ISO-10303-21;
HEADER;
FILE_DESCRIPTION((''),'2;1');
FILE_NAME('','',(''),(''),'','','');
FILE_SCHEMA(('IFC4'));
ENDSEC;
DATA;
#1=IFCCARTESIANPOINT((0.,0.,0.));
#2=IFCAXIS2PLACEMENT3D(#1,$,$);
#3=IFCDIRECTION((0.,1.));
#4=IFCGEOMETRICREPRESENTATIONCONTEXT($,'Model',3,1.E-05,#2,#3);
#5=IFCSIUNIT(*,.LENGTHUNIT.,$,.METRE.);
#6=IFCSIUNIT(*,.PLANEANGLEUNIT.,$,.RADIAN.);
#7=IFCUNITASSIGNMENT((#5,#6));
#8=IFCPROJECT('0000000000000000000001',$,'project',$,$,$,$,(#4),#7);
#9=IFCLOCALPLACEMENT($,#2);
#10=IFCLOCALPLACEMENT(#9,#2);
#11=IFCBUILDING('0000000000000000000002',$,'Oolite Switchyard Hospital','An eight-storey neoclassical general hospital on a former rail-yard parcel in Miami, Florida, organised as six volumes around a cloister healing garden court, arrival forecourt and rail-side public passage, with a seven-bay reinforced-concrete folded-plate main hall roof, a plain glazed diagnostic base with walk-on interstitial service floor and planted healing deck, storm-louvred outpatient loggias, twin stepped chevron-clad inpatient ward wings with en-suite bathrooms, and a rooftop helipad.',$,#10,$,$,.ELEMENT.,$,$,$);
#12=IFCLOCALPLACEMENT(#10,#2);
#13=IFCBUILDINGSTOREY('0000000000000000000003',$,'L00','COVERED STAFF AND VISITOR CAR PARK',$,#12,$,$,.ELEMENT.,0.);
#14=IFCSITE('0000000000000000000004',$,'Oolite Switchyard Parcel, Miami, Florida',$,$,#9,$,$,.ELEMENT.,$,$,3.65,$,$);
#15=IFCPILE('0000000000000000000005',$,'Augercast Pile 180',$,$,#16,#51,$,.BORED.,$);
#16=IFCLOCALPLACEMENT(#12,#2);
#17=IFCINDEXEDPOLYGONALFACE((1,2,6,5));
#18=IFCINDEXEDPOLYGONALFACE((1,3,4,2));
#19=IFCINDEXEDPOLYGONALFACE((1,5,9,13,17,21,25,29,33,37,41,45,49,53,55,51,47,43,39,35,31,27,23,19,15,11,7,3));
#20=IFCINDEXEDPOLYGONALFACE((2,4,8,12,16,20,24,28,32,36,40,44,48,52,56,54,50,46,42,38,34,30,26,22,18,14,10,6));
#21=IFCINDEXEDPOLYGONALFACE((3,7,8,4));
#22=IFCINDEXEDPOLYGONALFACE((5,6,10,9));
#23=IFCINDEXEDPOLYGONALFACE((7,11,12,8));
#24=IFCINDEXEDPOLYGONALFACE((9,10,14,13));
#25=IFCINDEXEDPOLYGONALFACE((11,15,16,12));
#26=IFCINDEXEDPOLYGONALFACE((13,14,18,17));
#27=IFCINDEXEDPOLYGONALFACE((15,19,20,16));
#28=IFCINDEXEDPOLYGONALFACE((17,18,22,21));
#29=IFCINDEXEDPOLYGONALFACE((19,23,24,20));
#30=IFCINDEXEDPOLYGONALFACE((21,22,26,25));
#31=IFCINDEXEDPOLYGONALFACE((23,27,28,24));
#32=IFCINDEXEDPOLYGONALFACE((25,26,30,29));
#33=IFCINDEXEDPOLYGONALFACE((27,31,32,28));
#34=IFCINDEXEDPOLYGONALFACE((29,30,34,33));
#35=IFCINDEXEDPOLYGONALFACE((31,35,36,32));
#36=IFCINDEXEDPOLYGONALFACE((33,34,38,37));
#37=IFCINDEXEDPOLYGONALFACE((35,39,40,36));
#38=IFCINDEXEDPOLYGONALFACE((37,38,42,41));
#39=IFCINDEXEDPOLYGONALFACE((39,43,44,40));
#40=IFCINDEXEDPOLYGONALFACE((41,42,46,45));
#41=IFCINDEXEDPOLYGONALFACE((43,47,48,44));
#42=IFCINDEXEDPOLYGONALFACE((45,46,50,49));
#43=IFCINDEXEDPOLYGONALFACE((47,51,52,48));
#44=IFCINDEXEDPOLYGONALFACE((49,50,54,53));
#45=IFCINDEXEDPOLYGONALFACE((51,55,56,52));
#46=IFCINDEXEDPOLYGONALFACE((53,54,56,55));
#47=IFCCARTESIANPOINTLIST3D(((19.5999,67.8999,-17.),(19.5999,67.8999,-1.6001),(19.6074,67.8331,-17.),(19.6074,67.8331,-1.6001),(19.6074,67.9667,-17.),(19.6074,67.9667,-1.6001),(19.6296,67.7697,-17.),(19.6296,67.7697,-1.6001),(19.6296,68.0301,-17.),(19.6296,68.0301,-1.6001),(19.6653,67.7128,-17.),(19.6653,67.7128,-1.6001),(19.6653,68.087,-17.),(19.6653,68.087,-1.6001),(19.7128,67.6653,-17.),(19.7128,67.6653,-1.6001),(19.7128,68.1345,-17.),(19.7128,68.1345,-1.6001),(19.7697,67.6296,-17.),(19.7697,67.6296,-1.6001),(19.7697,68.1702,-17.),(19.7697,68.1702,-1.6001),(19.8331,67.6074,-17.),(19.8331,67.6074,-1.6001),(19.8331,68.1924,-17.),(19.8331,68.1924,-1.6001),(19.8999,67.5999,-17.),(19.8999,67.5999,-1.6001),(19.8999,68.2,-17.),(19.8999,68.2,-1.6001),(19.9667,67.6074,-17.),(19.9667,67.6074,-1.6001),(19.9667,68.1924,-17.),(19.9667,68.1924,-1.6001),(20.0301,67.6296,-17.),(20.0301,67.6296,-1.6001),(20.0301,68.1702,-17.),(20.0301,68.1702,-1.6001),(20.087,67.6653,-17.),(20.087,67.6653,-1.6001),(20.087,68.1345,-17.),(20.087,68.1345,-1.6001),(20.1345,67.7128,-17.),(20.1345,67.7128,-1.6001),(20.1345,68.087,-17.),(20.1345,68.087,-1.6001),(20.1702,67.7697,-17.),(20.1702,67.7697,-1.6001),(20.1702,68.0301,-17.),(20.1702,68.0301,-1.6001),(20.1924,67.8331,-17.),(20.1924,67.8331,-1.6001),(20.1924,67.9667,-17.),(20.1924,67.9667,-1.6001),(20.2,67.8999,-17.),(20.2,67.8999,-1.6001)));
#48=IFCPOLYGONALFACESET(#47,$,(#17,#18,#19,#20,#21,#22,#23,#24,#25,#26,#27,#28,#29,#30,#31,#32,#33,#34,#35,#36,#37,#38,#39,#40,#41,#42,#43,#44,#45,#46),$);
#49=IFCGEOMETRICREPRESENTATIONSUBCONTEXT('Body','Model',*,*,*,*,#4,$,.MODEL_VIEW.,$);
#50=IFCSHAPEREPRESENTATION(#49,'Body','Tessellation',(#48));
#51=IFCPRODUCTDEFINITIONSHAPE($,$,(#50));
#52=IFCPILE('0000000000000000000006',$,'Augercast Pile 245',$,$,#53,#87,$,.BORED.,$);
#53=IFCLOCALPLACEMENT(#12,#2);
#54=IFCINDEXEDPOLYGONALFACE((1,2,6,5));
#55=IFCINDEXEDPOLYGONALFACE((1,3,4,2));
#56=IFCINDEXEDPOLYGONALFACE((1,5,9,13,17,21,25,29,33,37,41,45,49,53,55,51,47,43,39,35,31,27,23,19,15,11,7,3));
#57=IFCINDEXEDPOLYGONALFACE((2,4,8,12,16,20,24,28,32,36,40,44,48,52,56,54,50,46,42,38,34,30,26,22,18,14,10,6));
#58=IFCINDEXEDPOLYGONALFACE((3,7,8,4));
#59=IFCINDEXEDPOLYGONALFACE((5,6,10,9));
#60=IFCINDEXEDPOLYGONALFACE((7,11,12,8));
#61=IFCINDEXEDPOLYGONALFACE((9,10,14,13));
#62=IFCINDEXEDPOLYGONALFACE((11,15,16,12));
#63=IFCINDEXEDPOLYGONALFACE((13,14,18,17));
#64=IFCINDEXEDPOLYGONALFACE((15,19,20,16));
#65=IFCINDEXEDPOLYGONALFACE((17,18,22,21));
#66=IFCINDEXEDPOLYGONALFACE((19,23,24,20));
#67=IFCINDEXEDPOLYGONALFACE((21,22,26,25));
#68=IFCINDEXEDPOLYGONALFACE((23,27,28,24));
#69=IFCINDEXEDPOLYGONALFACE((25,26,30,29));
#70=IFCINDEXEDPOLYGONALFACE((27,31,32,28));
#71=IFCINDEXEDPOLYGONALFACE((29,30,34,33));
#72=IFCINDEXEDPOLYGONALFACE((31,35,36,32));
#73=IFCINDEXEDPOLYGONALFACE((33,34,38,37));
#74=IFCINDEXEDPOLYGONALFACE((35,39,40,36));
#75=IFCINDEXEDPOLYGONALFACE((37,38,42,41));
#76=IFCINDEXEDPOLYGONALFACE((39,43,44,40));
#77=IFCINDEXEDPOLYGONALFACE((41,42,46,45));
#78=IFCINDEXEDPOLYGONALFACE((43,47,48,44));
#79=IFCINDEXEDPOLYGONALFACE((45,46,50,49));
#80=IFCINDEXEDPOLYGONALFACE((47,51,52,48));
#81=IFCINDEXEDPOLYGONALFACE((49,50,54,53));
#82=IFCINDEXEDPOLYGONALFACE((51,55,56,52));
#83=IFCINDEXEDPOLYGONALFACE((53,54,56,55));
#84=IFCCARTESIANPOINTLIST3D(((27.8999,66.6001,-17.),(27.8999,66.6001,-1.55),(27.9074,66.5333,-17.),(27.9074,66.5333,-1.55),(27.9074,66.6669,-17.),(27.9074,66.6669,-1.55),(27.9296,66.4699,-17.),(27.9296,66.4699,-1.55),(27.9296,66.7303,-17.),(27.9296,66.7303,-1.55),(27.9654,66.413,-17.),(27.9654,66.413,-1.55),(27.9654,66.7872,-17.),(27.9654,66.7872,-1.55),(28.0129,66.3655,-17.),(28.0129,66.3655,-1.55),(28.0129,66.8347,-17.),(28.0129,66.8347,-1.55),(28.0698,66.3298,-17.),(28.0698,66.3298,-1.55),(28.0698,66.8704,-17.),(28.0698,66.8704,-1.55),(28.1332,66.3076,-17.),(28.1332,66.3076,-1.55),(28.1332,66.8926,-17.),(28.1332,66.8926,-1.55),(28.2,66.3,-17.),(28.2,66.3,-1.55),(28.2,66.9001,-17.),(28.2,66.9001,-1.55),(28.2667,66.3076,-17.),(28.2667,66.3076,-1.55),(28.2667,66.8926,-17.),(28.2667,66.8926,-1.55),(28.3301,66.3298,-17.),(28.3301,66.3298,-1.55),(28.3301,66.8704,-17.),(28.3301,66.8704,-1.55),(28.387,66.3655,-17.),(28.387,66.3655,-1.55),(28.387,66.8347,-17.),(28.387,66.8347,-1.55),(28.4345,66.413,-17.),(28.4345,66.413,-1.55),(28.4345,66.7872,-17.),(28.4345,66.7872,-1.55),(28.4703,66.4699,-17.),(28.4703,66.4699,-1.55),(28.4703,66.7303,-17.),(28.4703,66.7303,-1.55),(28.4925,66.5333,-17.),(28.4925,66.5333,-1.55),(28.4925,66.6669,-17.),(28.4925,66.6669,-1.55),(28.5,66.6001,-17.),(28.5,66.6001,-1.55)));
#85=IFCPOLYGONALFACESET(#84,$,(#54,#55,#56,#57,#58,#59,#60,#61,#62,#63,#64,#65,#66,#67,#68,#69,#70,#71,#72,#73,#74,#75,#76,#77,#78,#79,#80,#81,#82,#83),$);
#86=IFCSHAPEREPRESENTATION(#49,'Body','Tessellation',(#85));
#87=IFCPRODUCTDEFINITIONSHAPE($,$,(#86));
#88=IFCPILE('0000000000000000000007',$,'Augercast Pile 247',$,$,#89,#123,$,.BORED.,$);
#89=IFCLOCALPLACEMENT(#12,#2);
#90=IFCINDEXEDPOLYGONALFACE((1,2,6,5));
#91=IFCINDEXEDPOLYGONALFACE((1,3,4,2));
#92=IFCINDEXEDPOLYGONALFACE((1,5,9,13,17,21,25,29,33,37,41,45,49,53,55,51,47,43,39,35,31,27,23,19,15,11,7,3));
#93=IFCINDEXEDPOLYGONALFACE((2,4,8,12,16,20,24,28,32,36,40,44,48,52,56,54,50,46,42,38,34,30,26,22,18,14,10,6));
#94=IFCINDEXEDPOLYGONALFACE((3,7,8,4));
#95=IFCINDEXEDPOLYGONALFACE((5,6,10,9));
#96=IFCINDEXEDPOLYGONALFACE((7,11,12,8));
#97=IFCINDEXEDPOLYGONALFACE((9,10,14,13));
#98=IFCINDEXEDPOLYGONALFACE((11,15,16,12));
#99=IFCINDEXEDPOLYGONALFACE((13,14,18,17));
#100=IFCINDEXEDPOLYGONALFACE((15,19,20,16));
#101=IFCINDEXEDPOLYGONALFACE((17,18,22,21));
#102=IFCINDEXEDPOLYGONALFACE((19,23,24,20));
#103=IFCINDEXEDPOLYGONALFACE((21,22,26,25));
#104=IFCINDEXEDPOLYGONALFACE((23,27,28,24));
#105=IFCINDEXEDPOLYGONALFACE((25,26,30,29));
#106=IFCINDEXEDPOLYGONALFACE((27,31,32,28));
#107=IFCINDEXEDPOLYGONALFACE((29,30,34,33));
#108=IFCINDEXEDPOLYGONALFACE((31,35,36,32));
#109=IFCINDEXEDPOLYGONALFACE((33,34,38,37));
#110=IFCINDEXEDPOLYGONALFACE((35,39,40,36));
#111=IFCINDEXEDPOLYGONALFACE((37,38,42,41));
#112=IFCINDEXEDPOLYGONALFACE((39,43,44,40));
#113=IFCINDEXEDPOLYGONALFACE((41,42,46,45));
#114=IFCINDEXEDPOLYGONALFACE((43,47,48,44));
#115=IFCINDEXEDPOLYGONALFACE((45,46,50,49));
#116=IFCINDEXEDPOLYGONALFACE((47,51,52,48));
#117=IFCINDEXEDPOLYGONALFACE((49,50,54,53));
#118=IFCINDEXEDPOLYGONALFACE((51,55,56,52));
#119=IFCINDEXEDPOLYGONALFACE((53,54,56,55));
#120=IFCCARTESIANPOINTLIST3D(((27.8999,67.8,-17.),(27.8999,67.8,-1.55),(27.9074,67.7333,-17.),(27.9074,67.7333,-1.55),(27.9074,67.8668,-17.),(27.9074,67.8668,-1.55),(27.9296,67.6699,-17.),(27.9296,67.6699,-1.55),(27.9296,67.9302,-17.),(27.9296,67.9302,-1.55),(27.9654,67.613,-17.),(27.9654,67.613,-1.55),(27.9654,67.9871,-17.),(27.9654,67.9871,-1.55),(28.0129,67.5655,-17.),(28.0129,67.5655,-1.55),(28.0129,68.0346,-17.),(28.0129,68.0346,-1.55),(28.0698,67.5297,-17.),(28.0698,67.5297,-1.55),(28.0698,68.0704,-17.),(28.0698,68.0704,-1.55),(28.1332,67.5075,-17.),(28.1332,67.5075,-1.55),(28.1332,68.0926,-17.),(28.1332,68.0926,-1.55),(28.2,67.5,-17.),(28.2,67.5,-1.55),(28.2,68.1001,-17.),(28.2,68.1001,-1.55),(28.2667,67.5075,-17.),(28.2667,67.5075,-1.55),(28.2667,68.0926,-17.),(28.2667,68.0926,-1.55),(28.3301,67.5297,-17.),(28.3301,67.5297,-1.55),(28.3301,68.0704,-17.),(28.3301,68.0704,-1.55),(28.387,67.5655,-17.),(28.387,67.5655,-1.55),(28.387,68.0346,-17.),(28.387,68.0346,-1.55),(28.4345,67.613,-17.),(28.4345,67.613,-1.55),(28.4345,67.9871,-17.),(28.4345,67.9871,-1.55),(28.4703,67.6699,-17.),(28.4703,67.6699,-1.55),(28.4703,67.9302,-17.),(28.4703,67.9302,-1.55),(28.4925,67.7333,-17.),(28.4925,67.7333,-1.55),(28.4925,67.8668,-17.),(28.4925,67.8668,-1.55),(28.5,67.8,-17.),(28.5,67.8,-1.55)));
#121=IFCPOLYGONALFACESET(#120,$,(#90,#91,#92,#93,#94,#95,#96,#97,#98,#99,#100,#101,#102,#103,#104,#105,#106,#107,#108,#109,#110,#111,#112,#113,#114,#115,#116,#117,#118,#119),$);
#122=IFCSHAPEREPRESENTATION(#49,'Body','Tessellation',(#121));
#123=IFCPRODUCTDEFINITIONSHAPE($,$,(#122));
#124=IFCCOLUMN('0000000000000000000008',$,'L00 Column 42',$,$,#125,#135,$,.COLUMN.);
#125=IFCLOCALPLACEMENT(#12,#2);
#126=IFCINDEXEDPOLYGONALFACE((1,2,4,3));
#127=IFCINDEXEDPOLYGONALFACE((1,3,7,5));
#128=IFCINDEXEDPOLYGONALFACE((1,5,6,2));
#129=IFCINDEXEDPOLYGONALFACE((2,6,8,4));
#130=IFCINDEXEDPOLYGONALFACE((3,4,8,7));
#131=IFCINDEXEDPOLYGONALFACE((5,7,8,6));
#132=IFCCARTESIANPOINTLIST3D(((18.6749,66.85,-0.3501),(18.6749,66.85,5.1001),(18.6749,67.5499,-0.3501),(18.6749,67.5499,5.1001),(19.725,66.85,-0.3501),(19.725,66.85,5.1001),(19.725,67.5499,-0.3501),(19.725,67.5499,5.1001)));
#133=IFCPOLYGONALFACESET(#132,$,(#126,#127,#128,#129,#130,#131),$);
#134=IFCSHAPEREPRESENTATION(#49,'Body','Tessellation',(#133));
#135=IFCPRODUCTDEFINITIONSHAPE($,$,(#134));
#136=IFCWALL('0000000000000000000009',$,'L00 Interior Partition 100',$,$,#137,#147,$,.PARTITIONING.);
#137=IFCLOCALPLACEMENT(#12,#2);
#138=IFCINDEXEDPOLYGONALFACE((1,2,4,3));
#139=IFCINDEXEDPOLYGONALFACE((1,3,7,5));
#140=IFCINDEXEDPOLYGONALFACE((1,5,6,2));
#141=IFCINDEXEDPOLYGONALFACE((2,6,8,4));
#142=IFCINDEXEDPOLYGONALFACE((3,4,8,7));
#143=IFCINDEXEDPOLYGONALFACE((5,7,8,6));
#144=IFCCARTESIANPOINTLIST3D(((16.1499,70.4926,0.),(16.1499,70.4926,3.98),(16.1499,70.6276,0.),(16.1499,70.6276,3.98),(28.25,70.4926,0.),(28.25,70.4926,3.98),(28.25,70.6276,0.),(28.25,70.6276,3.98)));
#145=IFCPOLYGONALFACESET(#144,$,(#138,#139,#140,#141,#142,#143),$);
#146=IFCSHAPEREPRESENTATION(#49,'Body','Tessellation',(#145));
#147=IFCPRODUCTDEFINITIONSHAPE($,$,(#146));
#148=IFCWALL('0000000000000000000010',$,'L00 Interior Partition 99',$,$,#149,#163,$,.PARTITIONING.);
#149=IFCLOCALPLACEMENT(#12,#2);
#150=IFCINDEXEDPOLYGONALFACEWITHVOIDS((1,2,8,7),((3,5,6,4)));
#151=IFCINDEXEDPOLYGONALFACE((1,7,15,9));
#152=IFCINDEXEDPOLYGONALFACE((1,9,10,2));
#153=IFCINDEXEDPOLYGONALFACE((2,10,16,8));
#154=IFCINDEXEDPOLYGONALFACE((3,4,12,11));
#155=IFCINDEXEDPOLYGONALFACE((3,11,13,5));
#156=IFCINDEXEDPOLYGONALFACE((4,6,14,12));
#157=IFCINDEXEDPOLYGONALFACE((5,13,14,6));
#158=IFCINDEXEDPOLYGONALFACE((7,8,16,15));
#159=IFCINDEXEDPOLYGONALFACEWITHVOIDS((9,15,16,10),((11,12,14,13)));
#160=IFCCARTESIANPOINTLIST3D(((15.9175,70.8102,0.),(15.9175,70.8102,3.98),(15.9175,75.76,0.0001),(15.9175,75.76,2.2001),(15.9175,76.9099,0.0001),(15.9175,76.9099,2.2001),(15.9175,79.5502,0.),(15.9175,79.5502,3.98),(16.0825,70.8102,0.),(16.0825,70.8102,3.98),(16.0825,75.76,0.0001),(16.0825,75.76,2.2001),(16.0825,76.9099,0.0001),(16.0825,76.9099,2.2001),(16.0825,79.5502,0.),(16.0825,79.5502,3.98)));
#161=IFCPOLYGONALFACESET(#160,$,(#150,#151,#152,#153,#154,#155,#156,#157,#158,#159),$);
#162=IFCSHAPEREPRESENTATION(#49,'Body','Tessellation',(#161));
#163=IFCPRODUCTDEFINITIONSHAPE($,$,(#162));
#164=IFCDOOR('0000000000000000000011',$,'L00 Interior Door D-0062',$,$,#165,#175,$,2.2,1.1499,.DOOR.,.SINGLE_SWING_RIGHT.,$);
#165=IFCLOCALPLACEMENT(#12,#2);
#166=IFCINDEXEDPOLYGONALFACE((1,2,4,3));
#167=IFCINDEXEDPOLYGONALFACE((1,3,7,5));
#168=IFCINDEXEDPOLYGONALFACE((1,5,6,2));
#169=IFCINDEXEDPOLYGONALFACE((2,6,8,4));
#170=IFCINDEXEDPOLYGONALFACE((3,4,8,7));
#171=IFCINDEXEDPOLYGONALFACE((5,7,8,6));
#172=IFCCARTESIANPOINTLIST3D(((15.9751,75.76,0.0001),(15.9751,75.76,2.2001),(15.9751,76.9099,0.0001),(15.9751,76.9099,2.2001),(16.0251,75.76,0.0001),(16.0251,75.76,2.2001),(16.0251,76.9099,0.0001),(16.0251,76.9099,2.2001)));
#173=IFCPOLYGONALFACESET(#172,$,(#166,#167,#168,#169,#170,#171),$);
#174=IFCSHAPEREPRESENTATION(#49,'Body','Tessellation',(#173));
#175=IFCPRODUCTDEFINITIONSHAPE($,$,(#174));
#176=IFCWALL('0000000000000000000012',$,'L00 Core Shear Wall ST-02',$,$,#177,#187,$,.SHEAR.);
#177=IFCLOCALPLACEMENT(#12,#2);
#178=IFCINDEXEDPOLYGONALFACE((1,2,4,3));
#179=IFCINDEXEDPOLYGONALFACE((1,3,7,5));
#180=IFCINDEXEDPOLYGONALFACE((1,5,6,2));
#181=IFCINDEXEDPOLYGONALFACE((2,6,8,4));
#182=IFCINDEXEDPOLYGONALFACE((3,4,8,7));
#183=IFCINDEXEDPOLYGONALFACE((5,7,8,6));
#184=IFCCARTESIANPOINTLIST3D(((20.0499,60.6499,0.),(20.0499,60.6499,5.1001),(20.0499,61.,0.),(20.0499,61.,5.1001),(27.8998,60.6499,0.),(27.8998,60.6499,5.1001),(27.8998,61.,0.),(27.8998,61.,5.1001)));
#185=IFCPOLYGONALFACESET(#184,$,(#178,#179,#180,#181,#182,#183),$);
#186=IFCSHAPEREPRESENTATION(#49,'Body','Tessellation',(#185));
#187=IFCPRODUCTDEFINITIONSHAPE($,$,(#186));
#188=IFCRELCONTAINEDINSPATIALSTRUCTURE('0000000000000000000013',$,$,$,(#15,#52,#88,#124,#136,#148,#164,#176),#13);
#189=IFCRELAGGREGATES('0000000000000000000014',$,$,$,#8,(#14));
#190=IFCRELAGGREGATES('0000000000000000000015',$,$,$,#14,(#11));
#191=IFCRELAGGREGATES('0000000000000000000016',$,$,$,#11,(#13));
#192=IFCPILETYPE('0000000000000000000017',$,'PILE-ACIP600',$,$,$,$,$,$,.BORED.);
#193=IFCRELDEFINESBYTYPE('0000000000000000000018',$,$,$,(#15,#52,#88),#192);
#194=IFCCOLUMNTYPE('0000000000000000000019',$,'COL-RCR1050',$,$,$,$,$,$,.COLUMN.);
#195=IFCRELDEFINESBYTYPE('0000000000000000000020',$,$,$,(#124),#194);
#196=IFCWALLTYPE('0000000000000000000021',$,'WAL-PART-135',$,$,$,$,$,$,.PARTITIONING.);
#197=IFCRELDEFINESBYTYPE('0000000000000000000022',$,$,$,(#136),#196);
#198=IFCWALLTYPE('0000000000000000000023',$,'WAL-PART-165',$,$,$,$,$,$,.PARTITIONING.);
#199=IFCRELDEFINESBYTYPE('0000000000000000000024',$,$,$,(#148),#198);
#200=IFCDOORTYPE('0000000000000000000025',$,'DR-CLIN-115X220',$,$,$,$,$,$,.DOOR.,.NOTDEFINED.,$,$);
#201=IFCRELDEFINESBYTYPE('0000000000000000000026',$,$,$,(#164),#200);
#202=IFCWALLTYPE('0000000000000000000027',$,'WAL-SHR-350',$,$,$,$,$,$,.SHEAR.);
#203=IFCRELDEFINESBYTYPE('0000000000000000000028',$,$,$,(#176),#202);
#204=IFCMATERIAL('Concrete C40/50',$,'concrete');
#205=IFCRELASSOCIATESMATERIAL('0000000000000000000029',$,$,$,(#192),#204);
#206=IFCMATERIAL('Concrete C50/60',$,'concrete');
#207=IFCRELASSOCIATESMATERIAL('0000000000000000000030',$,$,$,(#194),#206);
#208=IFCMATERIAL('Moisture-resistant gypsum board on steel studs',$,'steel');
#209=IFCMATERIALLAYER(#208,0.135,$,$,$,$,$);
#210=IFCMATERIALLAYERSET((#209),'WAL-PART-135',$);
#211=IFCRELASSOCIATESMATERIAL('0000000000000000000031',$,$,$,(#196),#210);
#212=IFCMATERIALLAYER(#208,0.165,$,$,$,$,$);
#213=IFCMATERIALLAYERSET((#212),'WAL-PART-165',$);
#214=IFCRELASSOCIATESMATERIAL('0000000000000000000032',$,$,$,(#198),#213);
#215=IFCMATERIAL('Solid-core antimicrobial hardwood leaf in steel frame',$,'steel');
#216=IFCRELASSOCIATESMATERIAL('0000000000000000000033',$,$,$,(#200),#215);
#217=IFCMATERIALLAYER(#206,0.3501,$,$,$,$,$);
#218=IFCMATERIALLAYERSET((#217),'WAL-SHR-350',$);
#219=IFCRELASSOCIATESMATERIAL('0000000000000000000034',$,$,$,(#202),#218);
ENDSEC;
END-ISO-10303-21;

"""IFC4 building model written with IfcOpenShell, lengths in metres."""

from ifc_helpers import new_model, si_unit, direction, frame, frame_2d, origin, origin_2d, place, context, subcontext, project, spatial, rectangle, circle, extrude, material, layer, layer_set, material_profile, profile_set, type_object, element, fill, save


model = new_model("IFC4")

# Units and contexts
model_context = context("Model", 3, precision=1e-05, world=origin(), true_north=direction((0.0, 1.0)))
body_context = subcontext(model_context, "Body", "Model", "MODEL_VIEW")
ifc_project = project(units=[si_unit("LENGTHUNIT", "METRE"), si_unit("PLANEANGLEUNIT", "RADIAN")], contexts=[model_context])

# Site, building, storey
site_placement = place(None, origin())
site = spatial("IfcSite", under=ifc_project, at=site_placement, Name="Oolite Switchyard Parcel, Miami, Florida", CompositionType="ELEMENT", RefElevation=3.65)
building_placement = place(site_placement, origin())
building = spatial("IfcBuilding", under=site, at=building_placement, Name="Oolite Switchyard Hospital", Description="An eight-storey neoclassical general hospital on a former rail-yard parcel in Miami, Florida, organised as six volumes around a cloister healing garden court, arrival forecourt and rail-side public passage, with a seven-bay reinforced-concrete folded-plate main hall roof, a plain glazed diagnostic base with walk-on interstitial service floor and planted healing deck, storm-louvred outpatient loggias, twin stepped chevron-clad inpatient ward wings with en-suite bathrooms, and a rooftop helipad.", CompositionType="ELEMENT")
storey_placement = place(building_placement, origin())
storey = spatial("IfcBuildingStorey", under=building, at=storey_placement, Name="L00", Description="COVERED STAFF AND VISITOR CAR PARK", CompositionType="ELEMENT", Elevation=0.0)

# Shared definitions
ifc_material_1 = material(Name="Concrete C40/50", Category="concrete")

# Piles
ifc_material_profile_1 = material_profile(ifc_material_1, circle(Radius=0.3, at=origin_2d()), Name="PILE600")
ifc_profile_set_1 = profile_set([ifc_material_profile_1], Name="Concrete C40/50")
pile_type = type_object("IfcPileType", Name="PILE-ACIP600", PredefinedType="BORED", material=ifc_profile_set_1)
for number, where, z_axis, x_axis, name in (
    (1, (19.8999, 67.8999, -1.6001), (0.0, 0.0, -1.0), (1.0, 0.0, 0.0), "Augercast Pile 180"),
):
    element("IfcPile", number, at=place(storey_placement, frame(where, z_axis=z_axis, x_axis=x_axis)), inside=storey, type_object=pile_type, Name=name, PredefinedType="BORED", context=body_context, shape_type="SweptSolid", body=[
        extrude(circle(Radius=0.3, at=origin_2d()), origin(), (0.0, 0.0, 1.0), 15.3999),
    ])
for number, where, z_axis, x_axis, name in (
    (2, (28.2, 66.6001, -1.55), (0.0, 0.0, -1.0), (1.0, 0.0, 0.0), "Augercast Pile 245"),
    (3, (28.2, 67.8, -1.55), (0.0, 0.0, -1.0), (1.0, 0.0, 0.0), "Augercast Pile 247"),
):
    element("IfcPile", number, at=place(storey_placement, frame(where, z_axis=z_axis, x_axis=x_axis)), inside=storey, type_object=pile_type, Name=name, PredefinedType="BORED", context=body_context, shape_type="SweptSolid", body=[
        extrude(circle(Radius=0.3, at=origin_2d()), origin(), (0.0, 0.0, 1.0), 15.45),
    ])

# Column
ifc_material_2 = material(Name="Concrete C50/60", Category="concrete")
ifc_material_profile_2 = material_profile(ifc_material_2, rectangle(XDim=1.05, YDim=0.7, at=origin_2d()), Name="RC1050X700")
ifc_profile_set_2 = profile_set([ifc_material_profile_2], Name="Concrete C50/60")
column_type = type_object("IfcColumnType", Name="COL-RCR1050", PredefinedType="COLUMN", material=ifc_profile_set_2)
column_placement = place(storey_placement, frame((19.2, 67.2, -0.3501), z_axis=(0.0, 0.0, 1.0), x_axis=(1.0, 0.0, 0.0)))
element("IfcColumn", 4, at=column_placement, inside=storey, type_object=column_type, Name="L00 Column 42", PredefinedType="COLUMN", context=body_context, shape_type="SweptSolid", body=[
    extrude(rectangle(XDim=1.05, YDim=0.7, at=origin_2d()), origin(), (0.0, 0.0, 1.0), 5.4502),
])

# Wall
ifc_material_3 = material(Name="Moisture-resistant gypsum board on steel studs", Category="steel")
ifc_layer_1 = layer(ifc_material_3, 0.135)
ifc_layer_set_1 = layer_set([ifc_layer_1], Name="WAL-PART-135")
wall_type_1 = type_object("IfcWallType", Name="WAL-PART-135", PredefinedType="PARTITIONING", material=ifc_layer_set_1)
wall_1_placement = place(storey_placement, frame((16.1499, 70.5601, 0.0), z_axis=(0.0, 0.0, 1.0), x_axis=(1.0, 0.0, 0.0)))
element("IfcWall", 5, at=wall_1_placement, inside=storey, type_object=wall_type_1, Name="L00 Interior Partition 100", PredefinedType="PARTITIONING", context=body_context, shape_type="SweptSolid", body=[
    extrude(rectangle(XDim=12.1001, YDim=0.135, at=frame_2d((6.05, 0.0))), origin(), (0.0, 0.0, 1.0), 3.98),
])

# Wall, opening, door
ifc_layer_2 = layer(ifc_material_3, 0.165)
ifc_layer_set_2 = layer_set([ifc_layer_2], Name="WAL-PART-165")
wall_type_2 = type_object("IfcWallType", Name="WAL-PART-165", PredefinedType="PARTITIONING", material=ifc_layer_set_2)
wall_2_placement = place(storey_placement, frame((16.0, 70.8101, 0.0), z_axis=(0.0, 0.0, 1.0), x_axis=(0.0, 1.0, 0.0)))
wall_2 = element("IfcWall", 6, at=wall_2_placement, inside=storey, type_object=wall_type_2, Name="L00 Interior Partition 99", PredefinedType="PARTITIONING", context=body_context, shape_type="SweptSolid", body=[
    extrude(rectangle(XDim=8.74, YDim=0.165, at=frame_2d((4.3701, 0.0))), origin(), (0.0, 0.0, 1.0), 3.98),
])
opening_1_placement = place(wall_2_placement, frame((4.95, 0.0, 0.0)))
opening_1 = element("IfcOpeningElement", 7, at=opening_1_placement, cuts=wall_2, PredefinedType="OPENING", context=body_context, shape_type="SweptSolid", body=[
    extrude(rectangle(XDim=1.1499, YDim=2.2, at=frame_2d((0.575, 1.1001))), frame((0.0, 0.0925, 0.0), z_axis=(0.0, -1.0, 0.0), x_axis=(1.0, 0.0, 0.0)), (0.0, 0.0, 1.0), 0.1851),
])
ifc_material_4 = material(Name="Solid-core antimicrobial hardwood leaf in steel frame", Category="steel")
door_type_1 = type_object("IfcDoorType", Name="DR-CLIN-115X220", OperationType="NOTDEFINED", PredefinedType="DOOR", material=ifc_material_4)
door_1_placement = place(opening_1_placement, origin())
door_1 = element("IfcDoor", 8, at=door_1_placement, inside=storey, type_object=door_type_1, Name="L00 Interior Door D-0062", OperationType="SINGLE_SWING_RIGHT", OverallHeight=2.2, OverallWidth=1.1499, PredefinedType="DOOR", context=body_context, shape_type="SweptSolid", body=[
    extrude(rectangle(XDim=1.1499, YDim=2.2, at=frame_2d((0.575, 1.1001))), frame((0.0, 0.0249, 0.0), z_axis=(0.0, -1.0, 0.0), x_axis=(1.0, 0.0, 0.0)), (0.0, 0.0, 1.0), 0.05),
])
fill(opening_1, door_1)

# Wall
ifc_layer_3 = layer(ifc_material_2, 0.3501)
ifc_layer_set_3 = layer_set([ifc_layer_3], Name="WAL-SHR-350")
wall_type_3 = type_object("IfcWallType", Name="WAL-SHR-350", PredefinedType="SHEAR", material=ifc_layer_set_3)
wall_3_placement = place(storey_placement, frame((20.05, 60.825, 0.0), z_axis=(0.0, 0.0, 1.0), x_axis=(1.0, 0.0, 0.0)))
element("IfcWall", 9, at=wall_3_placement, inside=storey, type_object=wall_type_3, Name="L00 Core Shear Wall ST-02", PredefinedType="SHEAR", context=body_context, shape_type="SweptSolid", body=[
    extrude(rectangle(XDim=7.8499, YDim=0.3501, at=frame_2d((3.9248, 0.0))), origin(), (0.0, 0.0, 1.0), 5.1001),
])

save(model, "model.ifc")
